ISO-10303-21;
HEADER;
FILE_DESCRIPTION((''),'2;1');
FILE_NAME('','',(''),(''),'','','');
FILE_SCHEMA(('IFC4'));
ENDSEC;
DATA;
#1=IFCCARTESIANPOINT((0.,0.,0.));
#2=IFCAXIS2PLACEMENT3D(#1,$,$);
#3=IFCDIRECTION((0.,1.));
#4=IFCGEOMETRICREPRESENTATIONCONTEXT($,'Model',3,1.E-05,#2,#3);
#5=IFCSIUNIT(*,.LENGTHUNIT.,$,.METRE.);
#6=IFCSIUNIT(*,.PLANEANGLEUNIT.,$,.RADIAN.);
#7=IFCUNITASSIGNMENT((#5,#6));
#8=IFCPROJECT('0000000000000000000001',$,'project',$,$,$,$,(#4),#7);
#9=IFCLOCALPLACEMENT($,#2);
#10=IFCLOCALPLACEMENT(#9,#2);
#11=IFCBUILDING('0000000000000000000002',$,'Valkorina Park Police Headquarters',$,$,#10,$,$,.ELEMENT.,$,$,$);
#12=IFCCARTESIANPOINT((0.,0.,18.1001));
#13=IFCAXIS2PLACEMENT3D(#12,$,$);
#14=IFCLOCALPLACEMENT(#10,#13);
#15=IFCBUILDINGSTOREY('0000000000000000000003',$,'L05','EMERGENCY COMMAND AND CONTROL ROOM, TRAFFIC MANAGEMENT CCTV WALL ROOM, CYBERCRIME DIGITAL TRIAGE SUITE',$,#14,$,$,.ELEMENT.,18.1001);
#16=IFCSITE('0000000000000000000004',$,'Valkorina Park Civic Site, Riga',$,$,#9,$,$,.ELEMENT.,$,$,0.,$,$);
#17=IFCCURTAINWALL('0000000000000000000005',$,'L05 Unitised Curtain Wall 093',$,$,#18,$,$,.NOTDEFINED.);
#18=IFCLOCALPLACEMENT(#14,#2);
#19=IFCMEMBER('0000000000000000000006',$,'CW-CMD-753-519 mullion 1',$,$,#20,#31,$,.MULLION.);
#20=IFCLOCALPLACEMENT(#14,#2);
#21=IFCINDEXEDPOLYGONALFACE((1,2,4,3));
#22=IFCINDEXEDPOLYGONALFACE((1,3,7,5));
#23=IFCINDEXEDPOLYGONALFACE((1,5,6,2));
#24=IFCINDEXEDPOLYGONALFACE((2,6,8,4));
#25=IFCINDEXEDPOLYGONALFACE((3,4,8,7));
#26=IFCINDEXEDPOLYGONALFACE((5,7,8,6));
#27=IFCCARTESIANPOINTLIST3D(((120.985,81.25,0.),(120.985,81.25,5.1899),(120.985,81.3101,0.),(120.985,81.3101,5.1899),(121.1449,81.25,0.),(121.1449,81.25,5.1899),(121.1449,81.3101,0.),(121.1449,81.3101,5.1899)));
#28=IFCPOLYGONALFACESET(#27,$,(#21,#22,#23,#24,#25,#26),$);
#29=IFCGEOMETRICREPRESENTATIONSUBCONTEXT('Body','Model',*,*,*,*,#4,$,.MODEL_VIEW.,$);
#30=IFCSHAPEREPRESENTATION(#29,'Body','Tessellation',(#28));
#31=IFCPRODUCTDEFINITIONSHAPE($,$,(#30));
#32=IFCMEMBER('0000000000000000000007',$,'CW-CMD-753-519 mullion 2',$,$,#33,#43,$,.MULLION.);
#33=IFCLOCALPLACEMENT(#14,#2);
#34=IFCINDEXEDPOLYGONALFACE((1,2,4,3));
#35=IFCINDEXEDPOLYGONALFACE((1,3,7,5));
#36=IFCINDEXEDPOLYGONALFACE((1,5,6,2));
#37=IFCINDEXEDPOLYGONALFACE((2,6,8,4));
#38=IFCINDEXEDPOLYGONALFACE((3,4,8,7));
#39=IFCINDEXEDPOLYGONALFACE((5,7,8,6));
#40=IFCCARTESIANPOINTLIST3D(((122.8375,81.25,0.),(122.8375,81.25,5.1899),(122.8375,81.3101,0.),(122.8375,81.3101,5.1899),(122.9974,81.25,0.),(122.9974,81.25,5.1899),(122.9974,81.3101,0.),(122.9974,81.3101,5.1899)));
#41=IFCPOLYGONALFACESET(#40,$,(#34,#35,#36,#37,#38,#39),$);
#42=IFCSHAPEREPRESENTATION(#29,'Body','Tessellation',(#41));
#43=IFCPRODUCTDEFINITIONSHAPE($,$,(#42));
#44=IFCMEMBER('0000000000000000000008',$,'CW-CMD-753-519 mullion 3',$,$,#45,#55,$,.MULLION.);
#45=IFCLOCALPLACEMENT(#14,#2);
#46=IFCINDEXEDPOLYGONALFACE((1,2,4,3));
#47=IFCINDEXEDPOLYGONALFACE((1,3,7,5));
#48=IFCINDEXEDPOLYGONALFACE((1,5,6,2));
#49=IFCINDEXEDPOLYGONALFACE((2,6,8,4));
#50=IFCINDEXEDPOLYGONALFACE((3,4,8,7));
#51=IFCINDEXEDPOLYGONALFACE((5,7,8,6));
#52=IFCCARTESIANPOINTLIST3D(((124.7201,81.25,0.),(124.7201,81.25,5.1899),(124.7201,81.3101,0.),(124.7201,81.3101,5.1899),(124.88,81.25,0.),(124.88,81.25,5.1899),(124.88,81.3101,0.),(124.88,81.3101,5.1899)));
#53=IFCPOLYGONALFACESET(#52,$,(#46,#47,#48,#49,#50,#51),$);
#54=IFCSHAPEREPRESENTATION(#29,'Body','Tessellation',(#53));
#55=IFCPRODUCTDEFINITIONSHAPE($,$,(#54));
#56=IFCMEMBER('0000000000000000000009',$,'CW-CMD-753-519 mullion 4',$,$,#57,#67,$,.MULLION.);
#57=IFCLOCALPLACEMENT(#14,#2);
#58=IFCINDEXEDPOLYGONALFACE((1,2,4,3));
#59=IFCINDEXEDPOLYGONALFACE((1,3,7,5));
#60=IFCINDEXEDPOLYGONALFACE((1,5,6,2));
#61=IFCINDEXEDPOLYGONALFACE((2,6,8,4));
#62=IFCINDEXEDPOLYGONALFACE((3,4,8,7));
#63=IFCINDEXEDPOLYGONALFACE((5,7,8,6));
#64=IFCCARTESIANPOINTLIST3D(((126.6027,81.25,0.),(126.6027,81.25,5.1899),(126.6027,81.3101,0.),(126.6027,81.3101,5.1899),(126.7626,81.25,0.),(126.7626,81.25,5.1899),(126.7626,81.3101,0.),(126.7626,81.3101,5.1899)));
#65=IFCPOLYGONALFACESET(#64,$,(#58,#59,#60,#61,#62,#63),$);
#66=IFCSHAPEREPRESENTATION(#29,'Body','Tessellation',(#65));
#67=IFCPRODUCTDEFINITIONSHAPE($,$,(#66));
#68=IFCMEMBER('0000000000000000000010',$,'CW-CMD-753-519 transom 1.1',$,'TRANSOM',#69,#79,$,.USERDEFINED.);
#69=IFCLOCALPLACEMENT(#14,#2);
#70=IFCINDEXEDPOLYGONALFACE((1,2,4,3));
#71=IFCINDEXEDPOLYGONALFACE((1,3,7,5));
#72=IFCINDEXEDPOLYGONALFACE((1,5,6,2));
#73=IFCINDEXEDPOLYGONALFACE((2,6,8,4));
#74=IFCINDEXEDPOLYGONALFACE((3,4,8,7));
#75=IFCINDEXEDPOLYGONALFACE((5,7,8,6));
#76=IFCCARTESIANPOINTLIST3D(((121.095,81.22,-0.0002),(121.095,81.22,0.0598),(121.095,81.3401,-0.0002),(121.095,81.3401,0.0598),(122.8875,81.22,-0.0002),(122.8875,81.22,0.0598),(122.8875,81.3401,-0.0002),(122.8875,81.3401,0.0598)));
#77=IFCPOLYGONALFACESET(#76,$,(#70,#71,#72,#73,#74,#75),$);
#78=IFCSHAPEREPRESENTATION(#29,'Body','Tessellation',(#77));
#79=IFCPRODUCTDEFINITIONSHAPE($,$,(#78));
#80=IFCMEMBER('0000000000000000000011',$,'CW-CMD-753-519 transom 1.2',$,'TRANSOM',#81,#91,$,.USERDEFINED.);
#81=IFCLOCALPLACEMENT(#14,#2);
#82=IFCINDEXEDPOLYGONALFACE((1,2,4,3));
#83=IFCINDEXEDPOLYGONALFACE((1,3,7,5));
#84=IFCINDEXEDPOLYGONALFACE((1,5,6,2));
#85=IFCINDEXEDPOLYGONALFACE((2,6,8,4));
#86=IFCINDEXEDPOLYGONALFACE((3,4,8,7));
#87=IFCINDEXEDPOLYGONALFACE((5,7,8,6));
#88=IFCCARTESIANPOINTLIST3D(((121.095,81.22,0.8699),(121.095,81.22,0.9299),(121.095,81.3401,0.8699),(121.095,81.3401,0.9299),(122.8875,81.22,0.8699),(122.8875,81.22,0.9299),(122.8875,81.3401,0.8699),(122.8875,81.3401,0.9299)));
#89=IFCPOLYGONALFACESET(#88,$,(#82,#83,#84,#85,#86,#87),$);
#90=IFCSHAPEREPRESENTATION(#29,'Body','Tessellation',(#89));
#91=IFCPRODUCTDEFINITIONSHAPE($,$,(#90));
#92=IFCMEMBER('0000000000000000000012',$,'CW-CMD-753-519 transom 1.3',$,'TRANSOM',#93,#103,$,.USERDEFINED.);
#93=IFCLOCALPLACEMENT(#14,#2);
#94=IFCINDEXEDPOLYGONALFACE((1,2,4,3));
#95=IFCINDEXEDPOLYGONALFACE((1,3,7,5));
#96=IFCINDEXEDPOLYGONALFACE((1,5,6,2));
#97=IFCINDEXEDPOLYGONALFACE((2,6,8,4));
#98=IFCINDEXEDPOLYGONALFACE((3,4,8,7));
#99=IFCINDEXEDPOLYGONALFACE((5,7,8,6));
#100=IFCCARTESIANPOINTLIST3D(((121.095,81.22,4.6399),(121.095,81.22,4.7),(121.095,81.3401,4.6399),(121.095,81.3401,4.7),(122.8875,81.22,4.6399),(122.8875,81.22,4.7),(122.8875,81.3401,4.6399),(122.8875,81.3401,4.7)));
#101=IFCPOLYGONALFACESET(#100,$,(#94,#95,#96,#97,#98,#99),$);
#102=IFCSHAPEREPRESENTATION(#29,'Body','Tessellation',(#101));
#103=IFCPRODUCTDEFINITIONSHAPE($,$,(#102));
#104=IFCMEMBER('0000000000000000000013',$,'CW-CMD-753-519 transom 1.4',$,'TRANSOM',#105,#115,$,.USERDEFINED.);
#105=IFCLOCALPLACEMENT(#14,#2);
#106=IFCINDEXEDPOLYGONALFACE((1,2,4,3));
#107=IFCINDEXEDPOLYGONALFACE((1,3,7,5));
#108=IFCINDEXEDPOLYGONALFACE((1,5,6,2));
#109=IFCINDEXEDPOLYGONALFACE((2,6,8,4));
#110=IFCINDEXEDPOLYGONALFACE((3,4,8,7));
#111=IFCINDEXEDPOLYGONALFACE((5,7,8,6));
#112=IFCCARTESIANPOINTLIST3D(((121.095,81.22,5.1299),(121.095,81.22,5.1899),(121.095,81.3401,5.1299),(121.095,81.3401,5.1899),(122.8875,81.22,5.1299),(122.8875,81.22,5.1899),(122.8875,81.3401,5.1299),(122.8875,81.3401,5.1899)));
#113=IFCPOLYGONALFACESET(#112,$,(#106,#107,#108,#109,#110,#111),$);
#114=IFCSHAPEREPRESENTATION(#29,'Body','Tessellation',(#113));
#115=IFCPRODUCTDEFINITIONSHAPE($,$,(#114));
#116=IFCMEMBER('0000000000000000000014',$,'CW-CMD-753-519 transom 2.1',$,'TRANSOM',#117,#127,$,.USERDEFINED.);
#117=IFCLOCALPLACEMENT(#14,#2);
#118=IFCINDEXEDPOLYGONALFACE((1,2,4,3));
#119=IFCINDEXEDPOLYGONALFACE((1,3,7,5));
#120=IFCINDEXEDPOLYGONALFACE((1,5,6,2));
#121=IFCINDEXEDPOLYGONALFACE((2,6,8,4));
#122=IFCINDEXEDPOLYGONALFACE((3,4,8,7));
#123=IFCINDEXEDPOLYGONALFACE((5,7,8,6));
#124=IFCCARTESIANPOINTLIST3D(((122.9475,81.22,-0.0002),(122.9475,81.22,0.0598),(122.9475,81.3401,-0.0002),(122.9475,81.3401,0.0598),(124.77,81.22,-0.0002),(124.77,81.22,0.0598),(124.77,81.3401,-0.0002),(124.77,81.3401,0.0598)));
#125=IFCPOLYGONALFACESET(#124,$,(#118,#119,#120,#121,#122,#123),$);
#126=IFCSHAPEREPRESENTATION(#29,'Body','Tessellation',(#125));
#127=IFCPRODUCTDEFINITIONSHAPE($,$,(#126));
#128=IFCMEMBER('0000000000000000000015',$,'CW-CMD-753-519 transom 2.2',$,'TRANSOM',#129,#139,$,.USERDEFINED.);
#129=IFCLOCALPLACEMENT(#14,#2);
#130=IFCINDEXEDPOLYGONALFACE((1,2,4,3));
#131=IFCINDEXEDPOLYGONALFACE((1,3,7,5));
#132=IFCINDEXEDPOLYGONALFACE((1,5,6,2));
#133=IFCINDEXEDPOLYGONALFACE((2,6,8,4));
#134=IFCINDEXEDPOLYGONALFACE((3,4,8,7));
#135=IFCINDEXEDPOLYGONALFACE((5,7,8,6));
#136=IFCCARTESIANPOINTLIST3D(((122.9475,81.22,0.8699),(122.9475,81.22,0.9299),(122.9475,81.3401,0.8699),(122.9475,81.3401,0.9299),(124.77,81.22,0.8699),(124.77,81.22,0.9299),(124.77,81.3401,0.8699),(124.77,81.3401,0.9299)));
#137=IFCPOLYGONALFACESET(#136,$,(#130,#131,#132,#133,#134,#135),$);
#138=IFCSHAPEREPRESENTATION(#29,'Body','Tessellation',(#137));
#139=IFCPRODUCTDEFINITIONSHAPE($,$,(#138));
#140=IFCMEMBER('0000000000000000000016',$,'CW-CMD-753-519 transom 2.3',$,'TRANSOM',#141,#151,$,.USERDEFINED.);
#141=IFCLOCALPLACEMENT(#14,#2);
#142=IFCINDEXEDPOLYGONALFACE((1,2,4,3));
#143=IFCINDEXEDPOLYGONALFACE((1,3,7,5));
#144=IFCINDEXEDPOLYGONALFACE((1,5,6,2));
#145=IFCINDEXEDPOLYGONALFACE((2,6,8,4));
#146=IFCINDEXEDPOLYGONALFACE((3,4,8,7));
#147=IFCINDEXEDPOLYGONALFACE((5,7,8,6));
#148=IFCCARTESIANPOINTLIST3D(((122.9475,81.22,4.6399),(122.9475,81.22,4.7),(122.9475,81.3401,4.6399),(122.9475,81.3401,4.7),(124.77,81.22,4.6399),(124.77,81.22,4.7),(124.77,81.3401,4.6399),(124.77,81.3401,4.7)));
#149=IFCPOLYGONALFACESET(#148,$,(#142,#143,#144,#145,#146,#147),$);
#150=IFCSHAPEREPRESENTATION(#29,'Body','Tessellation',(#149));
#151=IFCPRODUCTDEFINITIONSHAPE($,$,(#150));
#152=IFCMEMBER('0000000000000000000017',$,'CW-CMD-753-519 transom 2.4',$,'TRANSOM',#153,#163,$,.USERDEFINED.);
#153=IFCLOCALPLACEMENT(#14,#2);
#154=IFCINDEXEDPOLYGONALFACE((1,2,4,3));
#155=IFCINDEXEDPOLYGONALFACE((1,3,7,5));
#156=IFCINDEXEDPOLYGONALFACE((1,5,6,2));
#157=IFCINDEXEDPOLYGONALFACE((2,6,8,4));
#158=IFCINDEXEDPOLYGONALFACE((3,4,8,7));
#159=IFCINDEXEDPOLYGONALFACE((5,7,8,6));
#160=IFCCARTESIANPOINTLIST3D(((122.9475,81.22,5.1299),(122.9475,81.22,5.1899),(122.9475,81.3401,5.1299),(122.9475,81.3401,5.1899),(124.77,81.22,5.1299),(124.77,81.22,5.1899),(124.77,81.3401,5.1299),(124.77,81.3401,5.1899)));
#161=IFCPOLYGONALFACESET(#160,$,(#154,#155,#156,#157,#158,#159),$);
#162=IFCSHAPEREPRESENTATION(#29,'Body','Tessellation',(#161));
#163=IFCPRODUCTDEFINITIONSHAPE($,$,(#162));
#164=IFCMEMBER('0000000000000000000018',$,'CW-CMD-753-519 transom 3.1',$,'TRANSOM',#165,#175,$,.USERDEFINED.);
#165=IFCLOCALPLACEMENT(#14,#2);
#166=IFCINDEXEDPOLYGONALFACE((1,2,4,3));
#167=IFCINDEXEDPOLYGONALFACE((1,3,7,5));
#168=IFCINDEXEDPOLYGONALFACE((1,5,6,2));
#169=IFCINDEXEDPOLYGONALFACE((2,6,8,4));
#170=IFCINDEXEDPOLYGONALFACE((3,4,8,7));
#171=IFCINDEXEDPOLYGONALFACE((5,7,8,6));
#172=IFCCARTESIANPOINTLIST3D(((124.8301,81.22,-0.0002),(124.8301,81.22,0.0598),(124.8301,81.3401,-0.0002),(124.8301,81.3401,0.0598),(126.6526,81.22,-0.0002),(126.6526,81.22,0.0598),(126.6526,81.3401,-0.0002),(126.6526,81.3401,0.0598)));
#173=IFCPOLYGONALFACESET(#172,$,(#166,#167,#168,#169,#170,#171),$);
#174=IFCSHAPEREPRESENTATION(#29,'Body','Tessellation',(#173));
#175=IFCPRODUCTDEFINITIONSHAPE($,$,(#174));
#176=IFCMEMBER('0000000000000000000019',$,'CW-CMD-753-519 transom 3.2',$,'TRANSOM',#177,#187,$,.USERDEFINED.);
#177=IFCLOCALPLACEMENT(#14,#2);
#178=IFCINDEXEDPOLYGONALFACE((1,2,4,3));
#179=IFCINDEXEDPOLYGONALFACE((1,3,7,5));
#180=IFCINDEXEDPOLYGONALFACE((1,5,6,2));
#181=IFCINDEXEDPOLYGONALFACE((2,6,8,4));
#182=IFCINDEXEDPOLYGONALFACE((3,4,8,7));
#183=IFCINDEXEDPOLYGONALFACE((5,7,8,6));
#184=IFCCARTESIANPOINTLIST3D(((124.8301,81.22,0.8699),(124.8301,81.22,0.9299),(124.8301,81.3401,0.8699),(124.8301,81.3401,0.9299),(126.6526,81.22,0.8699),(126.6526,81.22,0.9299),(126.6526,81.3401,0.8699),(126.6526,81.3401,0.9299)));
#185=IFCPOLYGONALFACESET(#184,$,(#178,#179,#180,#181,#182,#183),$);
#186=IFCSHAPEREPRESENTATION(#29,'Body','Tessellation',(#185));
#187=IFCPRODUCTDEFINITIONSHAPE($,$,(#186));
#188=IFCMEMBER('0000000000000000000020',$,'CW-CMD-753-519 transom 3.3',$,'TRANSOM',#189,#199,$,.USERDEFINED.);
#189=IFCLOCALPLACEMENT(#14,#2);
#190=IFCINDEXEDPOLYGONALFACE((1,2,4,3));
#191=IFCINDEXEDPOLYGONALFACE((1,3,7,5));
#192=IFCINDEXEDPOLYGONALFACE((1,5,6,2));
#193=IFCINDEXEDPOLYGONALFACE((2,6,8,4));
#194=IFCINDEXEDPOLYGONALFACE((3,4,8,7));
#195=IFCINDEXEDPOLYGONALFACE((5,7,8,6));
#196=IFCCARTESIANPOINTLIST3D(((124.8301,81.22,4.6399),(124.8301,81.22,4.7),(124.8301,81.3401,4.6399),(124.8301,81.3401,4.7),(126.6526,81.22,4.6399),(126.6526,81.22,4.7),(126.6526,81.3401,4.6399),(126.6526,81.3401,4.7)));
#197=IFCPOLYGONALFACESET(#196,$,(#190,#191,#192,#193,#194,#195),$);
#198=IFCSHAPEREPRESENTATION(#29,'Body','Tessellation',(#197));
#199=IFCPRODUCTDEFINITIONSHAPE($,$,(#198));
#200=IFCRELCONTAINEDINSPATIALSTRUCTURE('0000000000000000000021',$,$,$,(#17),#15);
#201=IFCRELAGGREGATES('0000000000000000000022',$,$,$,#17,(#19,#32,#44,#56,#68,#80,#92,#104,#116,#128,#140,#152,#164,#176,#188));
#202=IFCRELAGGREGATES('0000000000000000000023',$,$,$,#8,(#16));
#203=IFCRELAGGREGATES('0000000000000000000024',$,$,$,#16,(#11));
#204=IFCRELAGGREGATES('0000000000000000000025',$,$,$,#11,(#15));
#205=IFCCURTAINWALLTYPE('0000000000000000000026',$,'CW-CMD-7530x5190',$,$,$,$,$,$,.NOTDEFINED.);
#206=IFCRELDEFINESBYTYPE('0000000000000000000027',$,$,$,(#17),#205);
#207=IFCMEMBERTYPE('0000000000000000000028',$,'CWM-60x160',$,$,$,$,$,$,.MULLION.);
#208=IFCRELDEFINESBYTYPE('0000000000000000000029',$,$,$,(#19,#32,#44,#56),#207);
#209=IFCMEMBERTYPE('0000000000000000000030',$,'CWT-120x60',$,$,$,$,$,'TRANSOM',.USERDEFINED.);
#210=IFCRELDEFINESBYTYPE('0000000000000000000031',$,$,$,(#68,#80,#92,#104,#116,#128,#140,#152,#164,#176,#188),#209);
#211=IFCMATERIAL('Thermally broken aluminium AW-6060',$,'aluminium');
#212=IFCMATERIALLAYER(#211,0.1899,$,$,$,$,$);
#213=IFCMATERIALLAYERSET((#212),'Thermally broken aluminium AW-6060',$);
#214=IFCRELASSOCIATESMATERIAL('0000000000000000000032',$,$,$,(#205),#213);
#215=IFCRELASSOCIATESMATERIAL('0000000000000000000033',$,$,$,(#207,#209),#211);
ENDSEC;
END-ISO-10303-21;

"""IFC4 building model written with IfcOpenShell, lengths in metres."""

from ifc_helpers import new_model, si_unit, direction, frame, origin, origin_2d, place, context, subcontext, project, spatial, rectangle, extrude, material, layer, layer_set, material_profile, profile_set, type_object, element, aggregate, save


model = new_model("IFC4")

# Units and contexts
model_context = context("Model", 3, precision=1e-05, world=origin(), true_north=direction((0.0, 1.0)))
body_context = subcontext(model_context, "Body", "Model", "MODEL_VIEW")
ifc_project = project(units=[si_unit("LENGTHUNIT", "METRE"), si_unit("PLANEANGLEUNIT", "RADIAN")], contexts=[model_context])

# Site, building, storey
site_placement = place(None, origin())
site = spatial("IfcSite", under=ifc_project, at=site_placement, Name="Valkorina Park Civic Site, Riga", CompositionType="ELEMENT", RefElevation=0.0)
building_placement = place(site_placement, origin())
building = spatial("IfcBuilding", under=site, at=building_placement, Name="Valkorina Park Police Headquarters", CompositionType="ELEMENT")
storey_placement = place(building_placement, frame((0.0, 0.0, 18.1001)))
storey = spatial("IfcBuildingStorey", under=building, at=storey_placement, Name="L05", Description="EMERGENCY COMMAND AND CONTROL ROOM, TRAFFIC MANAGEMENT CCTV WALL ROOM, CYBERCRIME DIGITAL TRIAGE SUITE", CompositionType="ELEMENT", Elevation=18.1001)

# Curtain wall, members
ifc_material_1 = material(Name="Thermally broken aluminium AW-6060", Category="aluminium")
ifc_layer_1 = layer(ifc_material_1, 0.1899)
ifc_layer_set_1 = layer_set([ifc_layer_1], Name="Thermally broken aluminium AW-6060")
curtain_wall_type = type_object("IfcCurtainWallType", Name="CW-CMD-7530x5190", PredefinedType="NOTDEFINED", material=ifc_layer_set_1)
curtain_wall_placement = place(storey_placement, origin())
curtain_wall = element("IfcCurtainWall", 1, at=curtain_wall_placement, inside=storey, type_object=curtain_wall_type, Name="L05 Unitised Curtain Wall 093", PredefinedType="NOTDEFINED")
ifc_material_profile_1 = material_profile(ifc_material_1, rectangle(XDim=0.0601, YDim=0.1599, at=origin_2d()), Name="CWM-01 60x160")
ifc_profile_set_1 = profile_set([ifc_material_profile_1], Name="Thermally broken aluminium AW-6060")
member_type_1 = type_object("IfcMemberType", Name="CWM-60x160", PredefinedType="MULLION", material=ifc_profile_set_1)
member_1_placement = place(storey_placement, frame((121.0649, 81.28, 0.0), z_axis=(0.0, 0.0, 1.0), x_axis=(0.0, 1.0, 0.0)))
member_1 = element("IfcMember", 2, at=member_1_placement, type_object=member_type_1, Name="CW-CMD-753-519 mullion 1", PredefinedType="MULLION", context=body_context, shape_type="SweptSolid", body=[
    extrude(rectangle(XDim=0.0601, YDim=0.1599, at=origin_2d()), origin(), (0.0, 0.0, 1.0), 5.1899),
])
member_2_placement = place(storey_placement, frame((122.9175, 81.28, 0.0), z_axis=(0.0, 0.0, 1.0), x_axis=(0.0, 1.0, 0.0)))
member_2 = element("IfcMember", 3, at=member_2_placement, type_object=member_type_1, Name="CW-CMD-753-519 mullion 2", PredefinedType="MULLION", context=body_context, shape_type="SweptSolid", body=[
    extrude(rectangle(XDim=0.0601, YDim=0.1599, at=origin_2d()), origin(), (0.0, 0.0, 1.0), 5.1899),
])
member_3_placement = place(storey_placement, frame((124.8, 81.28, 0.0), z_axis=(0.0, 0.0, 1.0), x_axis=(0.0, 1.0, 0.0)))
member_3 = element("IfcMember", 4, at=member_3_placement, type_object=member_type_1, Name="CW-CMD-753-519 mullion 3", PredefinedType="MULLION", context=body_context, shape_type="SweptSolid", body=[
    extrude(rectangle(XDim=0.0601, YDim=0.1599, at=origin_2d()), origin(), (0.0, 0.0, 1.0), 5.1899),
])
member_4_placement = place(storey_placement, frame((126.6826, 81.28, 0.0), z_axis=(0.0, 0.0, 1.0), x_axis=(0.0, 1.0, 0.0)))
member_4 = element("IfcMember", 5, at=member_4_placement, type_object=member_type_1, Name="CW-CMD-753-519 mullion 4", PredefinedType="MULLION", context=body_context, shape_type="SweptSolid", body=[
    extrude(rectangle(XDim=0.0601, YDim=0.1599, at=origin_2d()), origin(), (0.0, 0.0, 1.0), 5.1899),
])
ifc_material_profile_2 = material_profile(ifc_material_1, rectangle(XDim=0.1201, YDim=0.0601, at=origin_2d()), Name="CWT-01 120x60")
ifc_profile_set_2 = profile_set([ifc_material_profile_2], Name="Thermally broken aluminium AW-6060")
member_type_2 = type_object("IfcMemberType", Name="CWT-120x60", ElementType="TRANSOM", PredefinedType="USERDEFINED", material=ifc_profile_set_2)
member_5_placement = place(storey_placement, frame((121.095, 81.28, 0.0298), z_axis=(1.0, 0.0, 0.0), x_axis=(0.0, 1.0, 0.0)))
member_5 = element("IfcMember", 6, at=member_5_placement, type_object=member_type_2, Name="CW-CMD-753-519 transom 1.1", ObjectType="TRANSOM", PredefinedType="USERDEFINED", context=body_context, shape_type="SweptSolid", body=[
    extrude(rectangle(XDim=0.1201, YDim=0.0601, at=origin_2d()), origin(), (0.0, 0.0, 1.0), 1.7925),
])
member_6_placement = place(storey_placement, frame((121.095, 81.28, 0.8999), z_axis=(1.0, 0.0, 0.0), x_axis=(0.0, 1.0, 0.0)))
member_6 = element("IfcMember", 7, at=member_6_placement, type_object=member_type_2, Name="CW-CMD-753-519 transom 1.2", ObjectType="TRANSOM", PredefinedType="USERDEFINED", context=body_context, shape_type="SweptSolid", body=[
    extrude(rectangle(XDim=0.1201, YDim=0.0601, at=origin_2d()), origin(), (0.0, 0.0, 1.0), 1.7925),
])
member_7_placement = place(storey_placement, frame((121.095, 81.28, 4.6699), z_axis=(1.0, 0.0, 0.0), x_axis=(0.0, 1.0, 0.0)))
member_7 = element("IfcMember", 8, at=member_7_placement, type_object=member_type_2, Name="CW-CMD-753-519 transom 1.3", ObjectType="TRANSOM", PredefinedType="USERDEFINED", context=body_context, shape_type="SweptSolid", body=[
    extrude(rectangle(XDim=0.1201, YDim=0.0601, at=origin_2d()), origin(), (0.0, 0.0, 1.0), 1.7925),
])
member_8_placement = place(storey_placement, frame((121.095, 81.28, 5.1599), z_axis=(1.0, 0.0, 0.0), x_axis=(0.0, 1.0, 0.0)))
member_8 = element("IfcMember", 9, at=member_8_placement, type_object=member_type_2, Name="CW-CMD-753-519 transom 1.4", ObjectType="TRANSOM", PredefinedType="USERDEFINED", context=body_context, shape_type="SweptSolid", body=[
    extrude(rectangle(XDim=0.1201, YDim=0.0601, at=origin_2d()), origin(), (0.0, 0.0, 1.0), 1.7925),
])
member_9_placement = place(storey_placement, frame((122.9475, 81.28, 0.0298), z_axis=(1.0, 0.0, 0.0), x_axis=(0.0, 1.0, 0.0)))
member_9 = element("IfcMember", 10, at=member_9_placement, type_object=member_type_2, Name="CW-CMD-753-519 transom 2.1", ObjectType="TRANSOM", PredefinedType="USERDEFINED", context=body_context, shape_type="SweptSolid", body=[
    extrude(rectangle(XDim=0.1201, YDim=0.0601, at=origin_2d()), origin(), (0.0, 0.0, 1.0), 1.8225),
])
member_10_placement = place(storey_placement, frame((122.9475, 81.28, 0.8999), z_axis=(1.0, 0.0, 0.0), x_axis=(0.0, 1.0, 0.0)))
member_10 = element("IfcMember", 11, at=member_10_placement, type_object=member_type_2, Name="CW-CMD-753-519 transom 2.2", ObjectType="TRANSOM", PredefinedType="USERDEFINED", context=body_context, shape_type="SweptSolid", body=[
    extrude(rectangle(XDim=0.1201, YDim=0.0601, at=origin_2d()), origin(), (0.0, 0.0, 1.0), 1.8225),
])
member_11_placement = place(storey_placement, frame((122.9475, 81.28, 4.6699), z_axis=(1.0, 0.0, 0.0), x_axis=(0.0, 1.0, 0.0)))
member_11 = element("IfcMember", 12, at=member_11_placement, type_object=member_type_2, Name="CW-CMD-753-519 transom 2.3", ObjectType="TRANSOM", PredefinedType="USERDEFINED", context=body_context, shape_type="SweptSolid", body=[
    extrude(rectangle(XDim=0.1201, YDim=0.0601, at=origin_2d()), origin(), (0.0, 0.0, 1.0), 1.8225),
])
member_12_placement = place(storey_placement, frame((122.9475, 81.28, 5.1599), z_axis=(1.0, 0.0, 0.0), x_axis=(0.0, 1.0, 0.0)))
member_12 = element("IfcMember", 13, at=member_12_placement, type_object=member_type_2, Name="CW-CMD-753-519 transom 2.4", ObjectType="TRANSOM", PredefinedType="USERDEFINED", context=body_context, shape_type="SweptSolid", body=[
    extrude(rectangle(XDim=0.1201, YDim=0.0601, at=origin_2d()), origin(), (0.0, 0.0, 1.0), 1.8225),
])
member_13_placement = place(storey_placement, frame((124.8301, 81.28, 0.0298), z_axis=(1.0, 0.0, 0.0), x_axis=(0.0, 1.0, 0.0)))
member_13 = element("IfcMember", 14, at=member_13_placement, type_object=member_type_2, Name="CW-CMD-753-519 transom 3.1", ObjectType="TRANSOM", PredefinedType="USERDEFINED", context=body_context, shape_type="SweptSolid", body=[
    extrude(rectangle(XDim=0.1201, YDim=0.0601, at=origin_2d()), origin(), (0.0, 0.0, 1.0), 1.8225),
])
member_14_placement = place(storey_placement, frame((124.8301, 81.28, 0.8999), z_axis=(1.0, 0.0, 0.0), x_axis=(0.0, 1.0, 0.0)))
member_14 = element("IfcMember", 15, at=member_14_placement, type_object=member_type_2, Name="CW-CMD-753-519 transom 3.2", ObjectType="TRANSOM", PredefinedType="USERDEFINED", context=body_context, shape_type="SweptSolid", body=[
    extrude(rectangle(XDim=0.1201, YDim=0.0601, at=origin_2d()), origin(), (0.0, 0.0, 1.0), 1.8225),
])
member_15_placement = place(storey_placement, frame((124.8301, 81.28, 4.6699), z_axis=(1.0, 0.0, 0.0), x_axis=(0.0, 1.0, 0.0)))
member_15 = element("IfcMember", 16, at=member_15_placement, type_object=member_type_2, Name="CW-CMD-753-519 transom 3.3", ObjectType="TRANSOM", PredefinedType="USERDEFINED", context=body_context, shape_type="SweptSolid", body=[
    extrude(rectangle(XDim=0.1201, YDim=0.0601, at=origin_2d()), origin(), (0.0, 0.0, 1.0), 1.8225),
])
aggregate(curtain_wall, [member_1, member_2, member_3, member_4, member_5, member_6, member_7, member_8, member_9, member_10, member_11, member_12, member_13, member_14, member_15])

save(model, "model.ifc")
